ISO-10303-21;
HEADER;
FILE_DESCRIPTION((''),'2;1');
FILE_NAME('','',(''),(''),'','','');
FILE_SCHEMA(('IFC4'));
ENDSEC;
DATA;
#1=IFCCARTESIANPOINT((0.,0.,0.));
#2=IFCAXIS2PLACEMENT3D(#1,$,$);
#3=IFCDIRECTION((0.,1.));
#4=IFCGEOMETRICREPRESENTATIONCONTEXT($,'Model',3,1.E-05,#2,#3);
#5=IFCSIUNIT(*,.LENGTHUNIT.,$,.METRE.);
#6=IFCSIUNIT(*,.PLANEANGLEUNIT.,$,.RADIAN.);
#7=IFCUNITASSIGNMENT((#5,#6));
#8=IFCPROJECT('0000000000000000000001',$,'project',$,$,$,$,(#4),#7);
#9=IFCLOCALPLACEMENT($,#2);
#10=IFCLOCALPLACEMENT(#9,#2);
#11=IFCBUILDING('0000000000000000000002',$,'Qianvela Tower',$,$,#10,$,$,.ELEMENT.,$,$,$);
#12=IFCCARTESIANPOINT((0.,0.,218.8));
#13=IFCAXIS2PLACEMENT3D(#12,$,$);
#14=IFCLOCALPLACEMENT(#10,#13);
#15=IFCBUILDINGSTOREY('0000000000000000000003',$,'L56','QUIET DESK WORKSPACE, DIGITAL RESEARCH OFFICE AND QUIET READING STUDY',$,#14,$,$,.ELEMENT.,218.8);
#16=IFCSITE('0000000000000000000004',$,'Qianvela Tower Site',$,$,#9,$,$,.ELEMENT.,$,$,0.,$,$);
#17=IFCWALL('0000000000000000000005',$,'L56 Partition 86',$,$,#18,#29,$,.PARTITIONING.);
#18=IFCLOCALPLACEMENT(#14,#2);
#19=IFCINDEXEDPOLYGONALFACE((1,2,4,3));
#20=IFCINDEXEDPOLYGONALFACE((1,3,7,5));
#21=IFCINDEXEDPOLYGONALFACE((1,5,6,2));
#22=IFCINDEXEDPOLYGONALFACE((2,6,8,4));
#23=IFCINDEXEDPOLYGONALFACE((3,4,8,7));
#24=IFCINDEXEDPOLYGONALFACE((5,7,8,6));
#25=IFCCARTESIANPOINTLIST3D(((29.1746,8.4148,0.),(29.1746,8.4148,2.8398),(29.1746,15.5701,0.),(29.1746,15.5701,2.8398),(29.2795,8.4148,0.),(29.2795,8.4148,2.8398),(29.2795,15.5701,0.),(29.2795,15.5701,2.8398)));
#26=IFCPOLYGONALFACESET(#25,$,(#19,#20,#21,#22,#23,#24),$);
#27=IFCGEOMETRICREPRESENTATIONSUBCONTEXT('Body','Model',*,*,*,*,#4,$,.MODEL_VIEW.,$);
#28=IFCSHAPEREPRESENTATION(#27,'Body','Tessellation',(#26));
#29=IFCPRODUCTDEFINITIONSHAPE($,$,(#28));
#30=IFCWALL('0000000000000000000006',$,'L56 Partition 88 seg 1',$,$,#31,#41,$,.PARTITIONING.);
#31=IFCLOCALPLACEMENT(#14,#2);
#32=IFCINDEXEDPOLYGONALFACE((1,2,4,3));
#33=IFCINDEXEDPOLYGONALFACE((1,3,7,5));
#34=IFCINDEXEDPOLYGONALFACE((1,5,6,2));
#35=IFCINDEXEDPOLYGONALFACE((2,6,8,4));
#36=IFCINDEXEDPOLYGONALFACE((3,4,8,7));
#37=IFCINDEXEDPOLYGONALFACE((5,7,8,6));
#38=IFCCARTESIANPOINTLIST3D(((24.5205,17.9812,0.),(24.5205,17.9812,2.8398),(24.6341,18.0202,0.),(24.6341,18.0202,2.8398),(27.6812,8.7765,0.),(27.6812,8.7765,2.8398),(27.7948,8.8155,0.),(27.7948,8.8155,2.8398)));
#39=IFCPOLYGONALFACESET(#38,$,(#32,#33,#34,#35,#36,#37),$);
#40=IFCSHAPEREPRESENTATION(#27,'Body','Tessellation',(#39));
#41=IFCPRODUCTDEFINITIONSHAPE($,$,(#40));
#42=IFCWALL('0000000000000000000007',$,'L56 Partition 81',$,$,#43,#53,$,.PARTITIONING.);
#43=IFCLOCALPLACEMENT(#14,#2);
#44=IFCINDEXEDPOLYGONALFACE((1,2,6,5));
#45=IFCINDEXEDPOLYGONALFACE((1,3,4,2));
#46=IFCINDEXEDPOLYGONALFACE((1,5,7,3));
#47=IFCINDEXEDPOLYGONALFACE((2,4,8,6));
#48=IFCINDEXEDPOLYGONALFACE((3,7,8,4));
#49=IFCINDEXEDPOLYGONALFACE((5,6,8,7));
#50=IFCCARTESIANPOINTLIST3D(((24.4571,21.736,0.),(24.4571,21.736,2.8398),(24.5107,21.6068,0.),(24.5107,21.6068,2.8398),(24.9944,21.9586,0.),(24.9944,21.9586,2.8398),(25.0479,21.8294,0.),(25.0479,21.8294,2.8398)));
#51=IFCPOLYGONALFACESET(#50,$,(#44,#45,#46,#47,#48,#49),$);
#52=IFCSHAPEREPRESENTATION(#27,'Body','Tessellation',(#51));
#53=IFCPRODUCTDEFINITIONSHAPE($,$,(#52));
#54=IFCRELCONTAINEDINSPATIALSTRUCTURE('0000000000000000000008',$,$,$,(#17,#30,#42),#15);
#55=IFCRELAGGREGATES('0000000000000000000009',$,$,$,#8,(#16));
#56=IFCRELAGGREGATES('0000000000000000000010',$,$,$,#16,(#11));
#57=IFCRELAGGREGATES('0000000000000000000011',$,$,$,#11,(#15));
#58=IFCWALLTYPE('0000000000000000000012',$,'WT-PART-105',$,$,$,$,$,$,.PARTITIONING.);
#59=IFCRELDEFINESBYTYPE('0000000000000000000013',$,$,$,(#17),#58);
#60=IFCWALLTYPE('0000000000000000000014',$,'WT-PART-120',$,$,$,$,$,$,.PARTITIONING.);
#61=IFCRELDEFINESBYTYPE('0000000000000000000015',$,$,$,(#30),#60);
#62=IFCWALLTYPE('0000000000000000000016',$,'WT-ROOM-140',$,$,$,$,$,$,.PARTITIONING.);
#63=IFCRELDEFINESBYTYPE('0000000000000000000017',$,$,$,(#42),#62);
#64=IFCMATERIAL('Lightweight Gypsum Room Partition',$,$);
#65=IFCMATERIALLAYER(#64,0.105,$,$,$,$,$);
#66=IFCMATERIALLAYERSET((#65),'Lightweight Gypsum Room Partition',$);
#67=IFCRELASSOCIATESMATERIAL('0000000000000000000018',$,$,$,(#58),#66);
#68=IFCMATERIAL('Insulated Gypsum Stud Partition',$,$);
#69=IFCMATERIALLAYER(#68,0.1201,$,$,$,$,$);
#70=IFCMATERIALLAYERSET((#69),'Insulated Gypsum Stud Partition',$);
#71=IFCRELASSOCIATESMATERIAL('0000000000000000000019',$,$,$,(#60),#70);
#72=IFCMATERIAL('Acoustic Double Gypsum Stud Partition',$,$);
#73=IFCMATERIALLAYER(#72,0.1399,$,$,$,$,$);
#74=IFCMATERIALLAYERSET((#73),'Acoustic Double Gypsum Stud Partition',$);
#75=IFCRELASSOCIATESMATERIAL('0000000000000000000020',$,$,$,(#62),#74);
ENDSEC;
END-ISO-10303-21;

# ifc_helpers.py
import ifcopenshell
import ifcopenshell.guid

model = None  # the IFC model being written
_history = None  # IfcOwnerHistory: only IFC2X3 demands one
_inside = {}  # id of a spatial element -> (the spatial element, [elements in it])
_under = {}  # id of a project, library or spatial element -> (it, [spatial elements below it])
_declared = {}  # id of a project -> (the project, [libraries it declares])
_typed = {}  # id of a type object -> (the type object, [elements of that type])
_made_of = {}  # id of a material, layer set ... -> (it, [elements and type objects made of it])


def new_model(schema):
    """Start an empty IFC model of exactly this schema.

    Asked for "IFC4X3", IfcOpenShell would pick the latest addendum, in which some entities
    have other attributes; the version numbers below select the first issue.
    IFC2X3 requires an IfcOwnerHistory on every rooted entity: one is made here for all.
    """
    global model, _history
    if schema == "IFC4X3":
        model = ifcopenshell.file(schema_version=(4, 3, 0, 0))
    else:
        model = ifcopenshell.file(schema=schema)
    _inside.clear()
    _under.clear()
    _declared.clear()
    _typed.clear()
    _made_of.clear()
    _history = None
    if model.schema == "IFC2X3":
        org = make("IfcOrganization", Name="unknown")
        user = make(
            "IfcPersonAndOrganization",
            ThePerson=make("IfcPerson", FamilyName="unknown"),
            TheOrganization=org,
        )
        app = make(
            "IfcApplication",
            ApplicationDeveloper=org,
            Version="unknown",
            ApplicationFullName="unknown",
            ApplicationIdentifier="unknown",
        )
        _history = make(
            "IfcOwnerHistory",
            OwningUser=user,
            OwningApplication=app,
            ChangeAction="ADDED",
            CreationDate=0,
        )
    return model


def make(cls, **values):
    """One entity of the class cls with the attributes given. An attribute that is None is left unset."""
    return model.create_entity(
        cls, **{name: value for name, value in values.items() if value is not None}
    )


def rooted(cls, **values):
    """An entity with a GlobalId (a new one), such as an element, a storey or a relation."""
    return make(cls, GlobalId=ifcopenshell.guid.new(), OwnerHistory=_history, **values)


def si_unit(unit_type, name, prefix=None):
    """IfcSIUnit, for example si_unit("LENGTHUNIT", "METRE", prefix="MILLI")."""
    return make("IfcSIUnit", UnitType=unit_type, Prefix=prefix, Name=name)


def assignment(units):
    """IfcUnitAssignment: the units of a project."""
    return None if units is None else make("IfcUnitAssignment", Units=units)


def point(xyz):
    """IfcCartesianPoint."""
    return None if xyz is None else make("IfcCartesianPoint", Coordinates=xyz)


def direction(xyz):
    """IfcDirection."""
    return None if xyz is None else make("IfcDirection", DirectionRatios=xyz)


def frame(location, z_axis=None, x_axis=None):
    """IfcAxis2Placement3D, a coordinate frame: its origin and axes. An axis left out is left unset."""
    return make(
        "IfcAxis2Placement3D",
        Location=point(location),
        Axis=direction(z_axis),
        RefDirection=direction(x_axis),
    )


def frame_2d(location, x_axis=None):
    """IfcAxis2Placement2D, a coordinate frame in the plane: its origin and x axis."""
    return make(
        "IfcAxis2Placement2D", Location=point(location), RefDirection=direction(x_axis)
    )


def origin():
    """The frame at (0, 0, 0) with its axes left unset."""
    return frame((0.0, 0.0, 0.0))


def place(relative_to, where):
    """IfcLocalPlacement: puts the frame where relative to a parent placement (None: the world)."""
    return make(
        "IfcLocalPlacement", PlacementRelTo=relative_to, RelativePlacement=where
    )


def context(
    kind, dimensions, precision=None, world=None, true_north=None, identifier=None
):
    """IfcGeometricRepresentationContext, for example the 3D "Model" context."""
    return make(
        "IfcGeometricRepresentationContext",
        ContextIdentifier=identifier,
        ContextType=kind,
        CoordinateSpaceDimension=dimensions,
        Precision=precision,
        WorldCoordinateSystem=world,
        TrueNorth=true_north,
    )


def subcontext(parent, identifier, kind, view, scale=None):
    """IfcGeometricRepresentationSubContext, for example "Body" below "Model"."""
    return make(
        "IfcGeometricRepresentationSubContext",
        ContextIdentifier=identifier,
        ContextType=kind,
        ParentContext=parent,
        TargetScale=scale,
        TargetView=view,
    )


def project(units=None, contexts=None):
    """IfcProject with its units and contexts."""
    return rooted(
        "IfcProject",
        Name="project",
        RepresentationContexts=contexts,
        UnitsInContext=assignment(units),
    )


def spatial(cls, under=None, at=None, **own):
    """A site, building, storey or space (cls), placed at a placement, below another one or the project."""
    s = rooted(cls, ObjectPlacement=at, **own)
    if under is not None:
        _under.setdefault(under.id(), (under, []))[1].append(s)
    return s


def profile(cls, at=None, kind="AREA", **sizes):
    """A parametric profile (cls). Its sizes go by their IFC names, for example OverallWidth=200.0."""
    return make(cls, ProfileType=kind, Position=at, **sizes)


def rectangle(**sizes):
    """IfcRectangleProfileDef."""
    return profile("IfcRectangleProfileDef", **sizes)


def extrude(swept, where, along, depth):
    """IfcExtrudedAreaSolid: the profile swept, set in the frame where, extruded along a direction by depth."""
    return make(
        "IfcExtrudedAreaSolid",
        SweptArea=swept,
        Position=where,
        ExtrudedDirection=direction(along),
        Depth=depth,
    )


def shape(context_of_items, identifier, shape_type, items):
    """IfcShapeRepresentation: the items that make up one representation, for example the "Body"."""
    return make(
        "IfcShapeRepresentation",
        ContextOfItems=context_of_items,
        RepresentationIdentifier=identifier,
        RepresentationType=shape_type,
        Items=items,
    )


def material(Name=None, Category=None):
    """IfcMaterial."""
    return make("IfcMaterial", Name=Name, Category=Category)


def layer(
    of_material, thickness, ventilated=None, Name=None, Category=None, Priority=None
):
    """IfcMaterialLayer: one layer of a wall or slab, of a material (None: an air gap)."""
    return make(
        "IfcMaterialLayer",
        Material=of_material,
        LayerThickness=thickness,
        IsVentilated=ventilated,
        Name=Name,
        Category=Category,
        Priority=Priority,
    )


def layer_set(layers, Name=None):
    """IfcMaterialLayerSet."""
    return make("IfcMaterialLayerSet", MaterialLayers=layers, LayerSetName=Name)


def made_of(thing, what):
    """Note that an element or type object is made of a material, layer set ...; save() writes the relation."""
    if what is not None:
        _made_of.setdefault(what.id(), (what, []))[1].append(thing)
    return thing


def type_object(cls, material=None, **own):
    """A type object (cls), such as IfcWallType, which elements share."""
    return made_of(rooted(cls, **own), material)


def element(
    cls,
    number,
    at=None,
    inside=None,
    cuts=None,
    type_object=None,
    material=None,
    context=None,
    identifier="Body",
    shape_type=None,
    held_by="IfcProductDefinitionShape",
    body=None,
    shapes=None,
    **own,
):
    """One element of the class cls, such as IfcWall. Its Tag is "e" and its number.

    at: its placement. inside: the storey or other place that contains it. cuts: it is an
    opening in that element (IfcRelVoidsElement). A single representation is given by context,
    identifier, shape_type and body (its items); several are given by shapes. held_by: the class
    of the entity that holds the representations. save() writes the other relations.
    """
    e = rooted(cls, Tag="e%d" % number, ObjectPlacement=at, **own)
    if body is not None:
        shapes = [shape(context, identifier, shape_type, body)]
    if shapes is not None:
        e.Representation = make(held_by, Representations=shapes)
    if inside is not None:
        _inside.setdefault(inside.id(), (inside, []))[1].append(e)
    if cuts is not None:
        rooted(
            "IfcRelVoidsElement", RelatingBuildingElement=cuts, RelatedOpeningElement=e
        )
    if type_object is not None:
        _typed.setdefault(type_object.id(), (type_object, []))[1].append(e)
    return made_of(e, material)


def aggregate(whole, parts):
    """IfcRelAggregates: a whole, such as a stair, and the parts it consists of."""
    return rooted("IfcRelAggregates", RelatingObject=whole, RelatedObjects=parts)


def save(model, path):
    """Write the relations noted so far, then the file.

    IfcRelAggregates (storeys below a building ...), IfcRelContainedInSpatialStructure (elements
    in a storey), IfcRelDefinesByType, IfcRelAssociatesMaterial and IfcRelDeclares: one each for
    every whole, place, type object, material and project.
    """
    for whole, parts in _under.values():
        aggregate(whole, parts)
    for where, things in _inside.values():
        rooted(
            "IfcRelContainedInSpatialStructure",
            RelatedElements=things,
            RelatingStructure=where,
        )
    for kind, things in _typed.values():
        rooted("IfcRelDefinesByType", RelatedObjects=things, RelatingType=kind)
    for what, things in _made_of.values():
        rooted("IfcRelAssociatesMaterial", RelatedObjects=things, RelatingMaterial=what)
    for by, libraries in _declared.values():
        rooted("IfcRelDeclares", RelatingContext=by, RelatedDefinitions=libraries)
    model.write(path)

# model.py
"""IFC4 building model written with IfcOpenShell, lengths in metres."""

from ifc_helpers import new_model, si_unit, direction, frame, frame_2d, origin, place, context, subcontext, project, spatial, rectangle, extrude, material, layer, layer_set, type_object, element, save


model = new_model("IFC4")

# Units and contexts
model_context = context("Model", 3, precision=1e-05, world=origin(), true_north=direction((0.0, 1.0)))
body_context = subcontext(model_context, "Body", "Model", "MODEL_VIEW")
ifc_project = project(units=[si_unit("LENGTHUNIT", "METRE"), si_unit("PLANEANGLEUNIT", "RADIAN")], contexts=[model_context])

# Site, building, storey
site_placement = place(None, origin())
site = spatial("IfcSite", under=ifc_project, at=site_placement, Name="Qianvela Tower Site", CompositionType="ELEMENT", RefElevation=0.0)
building_placement = place(site_placement, origin())
building = spatial("IfcBuilding", under=site, at=building_placement, Name="Qianvela Tower", CompositionType="ELEMENT")
storey_placement = place(building_placement, frame((0.0, 0.0, 218.8)))
storey = spatial("IfcBuildingStorey", under=building, at=storey_placement, Name="L56", Description="QUIET DESK WORKSPACE, DIGITAL RESEARCH OFFICE AND QUIET READING STUDY", CompositionType="ELEMENT", Elevation=218.8)

# Walls
ifc_material_1 = material(Name="Lightweight Gypsum Room Partition")
ifc_layer_1 = layer(ifc_material_1, 0.105)
ifc_layer_set_1 = layer_set([ifc_layer_1], Name="Lightweight Gypsum Room Partition")
wall_type_1 = type_object("IfcWallType", Name="WT-PART-105", PredefinedType="PARTITIONING", material=ifc_layer_set_1)
wall_1_placement = place(storey_placement, frame((29.2271, 15.5701, 0.0), z_axis=(0.0, 0.0, 1.0), x_axis=(0.0, -1.0, 0.0)))
element("IfcWall", 1, at=wall_1_placement, inside=storey, type_object=wall_type_1, Name="L56 Partition 86", PredefinedType="PARTITIONING", context=body_context, shape_type="SweptSolid", body=[
    extrude(rectangle(XDim=7.1553, YDim=0.105, at=frame_2d((3.5776, 0.0))), origin(), (0.0, 0.0, 1.0), 2.8398),
])
ifc_material_2 = material(Name="Insulated Gypsum Stud Partition")
ifc_layer_2 = layer(ifc_material_2, 0.1201)
ifc_layer_set_2 = layer_set([ifc_layer_2], Name="Insulated Gypsum Stud Partition")
wall_type_2 = type_object("IfcWallType", Name="WT-PART-120", PredefinedType="PARTITIONING", material=ifc_layer_set_2)
wall_2_placement = place(storey_placement, frame((27.738, 8.7959, 0.0), z_axis=(0.0, 0.0, 1.0), x_axis=(-0.324764, 0.945795, 0.0)))
element("IfcWall", 2, at=wall_2_placement, inside=storey, type_object=wall_type_2, Name="L56 Partition 88 seg 1", PredefinedType="PARTITIONING", context=body_context, shape_type="SweptSolid", body=[
    extrude(rectangle(XDim=9.7322, YDim=0.1201, at=frame_2d((4.8662, 0.0))), origin(), (0.0, 0.0, 1.0), 2.8398),
])
ifc_material_3 = material(Name="Acoustic Double Gypsum Stud Partition")
ifc_layer_3 = layer(ifc_material_3, 0.1399)
ifc_layer_set_3 = layer_set([ifc_layer_3], Name="Acoustic Double Gypsum Stud Partition")
wall_type_3 = type_object("IfcWallType", Name="WT-ROOM-140", PredefinedType="PARTITIONING", material=ifc_layer_set_3)
wall_3_placement = place(storey_placement, frame((24.4839, 21.6714, 0.0), z_axis=(0.0, 0.0, 1.0), x_axis=(0.923833, 0.382797, 0.0)))
element("IfcWall", 3, at=wall_3_placement, inside=storey, type_object=wall_type_3, Name="L56 Partition 81", PredefinedType="PARTITIONING", context=body_context, shape_type="SweptSolid", body=[
    extrude(rectangle(XDim=0.5815, YDim=0.1399, at=frame_2d((0.2908, 0.0))), origin(), (0.0, 0.0, 1.0), 2.8398),
])

save(model, "model.ifc")
